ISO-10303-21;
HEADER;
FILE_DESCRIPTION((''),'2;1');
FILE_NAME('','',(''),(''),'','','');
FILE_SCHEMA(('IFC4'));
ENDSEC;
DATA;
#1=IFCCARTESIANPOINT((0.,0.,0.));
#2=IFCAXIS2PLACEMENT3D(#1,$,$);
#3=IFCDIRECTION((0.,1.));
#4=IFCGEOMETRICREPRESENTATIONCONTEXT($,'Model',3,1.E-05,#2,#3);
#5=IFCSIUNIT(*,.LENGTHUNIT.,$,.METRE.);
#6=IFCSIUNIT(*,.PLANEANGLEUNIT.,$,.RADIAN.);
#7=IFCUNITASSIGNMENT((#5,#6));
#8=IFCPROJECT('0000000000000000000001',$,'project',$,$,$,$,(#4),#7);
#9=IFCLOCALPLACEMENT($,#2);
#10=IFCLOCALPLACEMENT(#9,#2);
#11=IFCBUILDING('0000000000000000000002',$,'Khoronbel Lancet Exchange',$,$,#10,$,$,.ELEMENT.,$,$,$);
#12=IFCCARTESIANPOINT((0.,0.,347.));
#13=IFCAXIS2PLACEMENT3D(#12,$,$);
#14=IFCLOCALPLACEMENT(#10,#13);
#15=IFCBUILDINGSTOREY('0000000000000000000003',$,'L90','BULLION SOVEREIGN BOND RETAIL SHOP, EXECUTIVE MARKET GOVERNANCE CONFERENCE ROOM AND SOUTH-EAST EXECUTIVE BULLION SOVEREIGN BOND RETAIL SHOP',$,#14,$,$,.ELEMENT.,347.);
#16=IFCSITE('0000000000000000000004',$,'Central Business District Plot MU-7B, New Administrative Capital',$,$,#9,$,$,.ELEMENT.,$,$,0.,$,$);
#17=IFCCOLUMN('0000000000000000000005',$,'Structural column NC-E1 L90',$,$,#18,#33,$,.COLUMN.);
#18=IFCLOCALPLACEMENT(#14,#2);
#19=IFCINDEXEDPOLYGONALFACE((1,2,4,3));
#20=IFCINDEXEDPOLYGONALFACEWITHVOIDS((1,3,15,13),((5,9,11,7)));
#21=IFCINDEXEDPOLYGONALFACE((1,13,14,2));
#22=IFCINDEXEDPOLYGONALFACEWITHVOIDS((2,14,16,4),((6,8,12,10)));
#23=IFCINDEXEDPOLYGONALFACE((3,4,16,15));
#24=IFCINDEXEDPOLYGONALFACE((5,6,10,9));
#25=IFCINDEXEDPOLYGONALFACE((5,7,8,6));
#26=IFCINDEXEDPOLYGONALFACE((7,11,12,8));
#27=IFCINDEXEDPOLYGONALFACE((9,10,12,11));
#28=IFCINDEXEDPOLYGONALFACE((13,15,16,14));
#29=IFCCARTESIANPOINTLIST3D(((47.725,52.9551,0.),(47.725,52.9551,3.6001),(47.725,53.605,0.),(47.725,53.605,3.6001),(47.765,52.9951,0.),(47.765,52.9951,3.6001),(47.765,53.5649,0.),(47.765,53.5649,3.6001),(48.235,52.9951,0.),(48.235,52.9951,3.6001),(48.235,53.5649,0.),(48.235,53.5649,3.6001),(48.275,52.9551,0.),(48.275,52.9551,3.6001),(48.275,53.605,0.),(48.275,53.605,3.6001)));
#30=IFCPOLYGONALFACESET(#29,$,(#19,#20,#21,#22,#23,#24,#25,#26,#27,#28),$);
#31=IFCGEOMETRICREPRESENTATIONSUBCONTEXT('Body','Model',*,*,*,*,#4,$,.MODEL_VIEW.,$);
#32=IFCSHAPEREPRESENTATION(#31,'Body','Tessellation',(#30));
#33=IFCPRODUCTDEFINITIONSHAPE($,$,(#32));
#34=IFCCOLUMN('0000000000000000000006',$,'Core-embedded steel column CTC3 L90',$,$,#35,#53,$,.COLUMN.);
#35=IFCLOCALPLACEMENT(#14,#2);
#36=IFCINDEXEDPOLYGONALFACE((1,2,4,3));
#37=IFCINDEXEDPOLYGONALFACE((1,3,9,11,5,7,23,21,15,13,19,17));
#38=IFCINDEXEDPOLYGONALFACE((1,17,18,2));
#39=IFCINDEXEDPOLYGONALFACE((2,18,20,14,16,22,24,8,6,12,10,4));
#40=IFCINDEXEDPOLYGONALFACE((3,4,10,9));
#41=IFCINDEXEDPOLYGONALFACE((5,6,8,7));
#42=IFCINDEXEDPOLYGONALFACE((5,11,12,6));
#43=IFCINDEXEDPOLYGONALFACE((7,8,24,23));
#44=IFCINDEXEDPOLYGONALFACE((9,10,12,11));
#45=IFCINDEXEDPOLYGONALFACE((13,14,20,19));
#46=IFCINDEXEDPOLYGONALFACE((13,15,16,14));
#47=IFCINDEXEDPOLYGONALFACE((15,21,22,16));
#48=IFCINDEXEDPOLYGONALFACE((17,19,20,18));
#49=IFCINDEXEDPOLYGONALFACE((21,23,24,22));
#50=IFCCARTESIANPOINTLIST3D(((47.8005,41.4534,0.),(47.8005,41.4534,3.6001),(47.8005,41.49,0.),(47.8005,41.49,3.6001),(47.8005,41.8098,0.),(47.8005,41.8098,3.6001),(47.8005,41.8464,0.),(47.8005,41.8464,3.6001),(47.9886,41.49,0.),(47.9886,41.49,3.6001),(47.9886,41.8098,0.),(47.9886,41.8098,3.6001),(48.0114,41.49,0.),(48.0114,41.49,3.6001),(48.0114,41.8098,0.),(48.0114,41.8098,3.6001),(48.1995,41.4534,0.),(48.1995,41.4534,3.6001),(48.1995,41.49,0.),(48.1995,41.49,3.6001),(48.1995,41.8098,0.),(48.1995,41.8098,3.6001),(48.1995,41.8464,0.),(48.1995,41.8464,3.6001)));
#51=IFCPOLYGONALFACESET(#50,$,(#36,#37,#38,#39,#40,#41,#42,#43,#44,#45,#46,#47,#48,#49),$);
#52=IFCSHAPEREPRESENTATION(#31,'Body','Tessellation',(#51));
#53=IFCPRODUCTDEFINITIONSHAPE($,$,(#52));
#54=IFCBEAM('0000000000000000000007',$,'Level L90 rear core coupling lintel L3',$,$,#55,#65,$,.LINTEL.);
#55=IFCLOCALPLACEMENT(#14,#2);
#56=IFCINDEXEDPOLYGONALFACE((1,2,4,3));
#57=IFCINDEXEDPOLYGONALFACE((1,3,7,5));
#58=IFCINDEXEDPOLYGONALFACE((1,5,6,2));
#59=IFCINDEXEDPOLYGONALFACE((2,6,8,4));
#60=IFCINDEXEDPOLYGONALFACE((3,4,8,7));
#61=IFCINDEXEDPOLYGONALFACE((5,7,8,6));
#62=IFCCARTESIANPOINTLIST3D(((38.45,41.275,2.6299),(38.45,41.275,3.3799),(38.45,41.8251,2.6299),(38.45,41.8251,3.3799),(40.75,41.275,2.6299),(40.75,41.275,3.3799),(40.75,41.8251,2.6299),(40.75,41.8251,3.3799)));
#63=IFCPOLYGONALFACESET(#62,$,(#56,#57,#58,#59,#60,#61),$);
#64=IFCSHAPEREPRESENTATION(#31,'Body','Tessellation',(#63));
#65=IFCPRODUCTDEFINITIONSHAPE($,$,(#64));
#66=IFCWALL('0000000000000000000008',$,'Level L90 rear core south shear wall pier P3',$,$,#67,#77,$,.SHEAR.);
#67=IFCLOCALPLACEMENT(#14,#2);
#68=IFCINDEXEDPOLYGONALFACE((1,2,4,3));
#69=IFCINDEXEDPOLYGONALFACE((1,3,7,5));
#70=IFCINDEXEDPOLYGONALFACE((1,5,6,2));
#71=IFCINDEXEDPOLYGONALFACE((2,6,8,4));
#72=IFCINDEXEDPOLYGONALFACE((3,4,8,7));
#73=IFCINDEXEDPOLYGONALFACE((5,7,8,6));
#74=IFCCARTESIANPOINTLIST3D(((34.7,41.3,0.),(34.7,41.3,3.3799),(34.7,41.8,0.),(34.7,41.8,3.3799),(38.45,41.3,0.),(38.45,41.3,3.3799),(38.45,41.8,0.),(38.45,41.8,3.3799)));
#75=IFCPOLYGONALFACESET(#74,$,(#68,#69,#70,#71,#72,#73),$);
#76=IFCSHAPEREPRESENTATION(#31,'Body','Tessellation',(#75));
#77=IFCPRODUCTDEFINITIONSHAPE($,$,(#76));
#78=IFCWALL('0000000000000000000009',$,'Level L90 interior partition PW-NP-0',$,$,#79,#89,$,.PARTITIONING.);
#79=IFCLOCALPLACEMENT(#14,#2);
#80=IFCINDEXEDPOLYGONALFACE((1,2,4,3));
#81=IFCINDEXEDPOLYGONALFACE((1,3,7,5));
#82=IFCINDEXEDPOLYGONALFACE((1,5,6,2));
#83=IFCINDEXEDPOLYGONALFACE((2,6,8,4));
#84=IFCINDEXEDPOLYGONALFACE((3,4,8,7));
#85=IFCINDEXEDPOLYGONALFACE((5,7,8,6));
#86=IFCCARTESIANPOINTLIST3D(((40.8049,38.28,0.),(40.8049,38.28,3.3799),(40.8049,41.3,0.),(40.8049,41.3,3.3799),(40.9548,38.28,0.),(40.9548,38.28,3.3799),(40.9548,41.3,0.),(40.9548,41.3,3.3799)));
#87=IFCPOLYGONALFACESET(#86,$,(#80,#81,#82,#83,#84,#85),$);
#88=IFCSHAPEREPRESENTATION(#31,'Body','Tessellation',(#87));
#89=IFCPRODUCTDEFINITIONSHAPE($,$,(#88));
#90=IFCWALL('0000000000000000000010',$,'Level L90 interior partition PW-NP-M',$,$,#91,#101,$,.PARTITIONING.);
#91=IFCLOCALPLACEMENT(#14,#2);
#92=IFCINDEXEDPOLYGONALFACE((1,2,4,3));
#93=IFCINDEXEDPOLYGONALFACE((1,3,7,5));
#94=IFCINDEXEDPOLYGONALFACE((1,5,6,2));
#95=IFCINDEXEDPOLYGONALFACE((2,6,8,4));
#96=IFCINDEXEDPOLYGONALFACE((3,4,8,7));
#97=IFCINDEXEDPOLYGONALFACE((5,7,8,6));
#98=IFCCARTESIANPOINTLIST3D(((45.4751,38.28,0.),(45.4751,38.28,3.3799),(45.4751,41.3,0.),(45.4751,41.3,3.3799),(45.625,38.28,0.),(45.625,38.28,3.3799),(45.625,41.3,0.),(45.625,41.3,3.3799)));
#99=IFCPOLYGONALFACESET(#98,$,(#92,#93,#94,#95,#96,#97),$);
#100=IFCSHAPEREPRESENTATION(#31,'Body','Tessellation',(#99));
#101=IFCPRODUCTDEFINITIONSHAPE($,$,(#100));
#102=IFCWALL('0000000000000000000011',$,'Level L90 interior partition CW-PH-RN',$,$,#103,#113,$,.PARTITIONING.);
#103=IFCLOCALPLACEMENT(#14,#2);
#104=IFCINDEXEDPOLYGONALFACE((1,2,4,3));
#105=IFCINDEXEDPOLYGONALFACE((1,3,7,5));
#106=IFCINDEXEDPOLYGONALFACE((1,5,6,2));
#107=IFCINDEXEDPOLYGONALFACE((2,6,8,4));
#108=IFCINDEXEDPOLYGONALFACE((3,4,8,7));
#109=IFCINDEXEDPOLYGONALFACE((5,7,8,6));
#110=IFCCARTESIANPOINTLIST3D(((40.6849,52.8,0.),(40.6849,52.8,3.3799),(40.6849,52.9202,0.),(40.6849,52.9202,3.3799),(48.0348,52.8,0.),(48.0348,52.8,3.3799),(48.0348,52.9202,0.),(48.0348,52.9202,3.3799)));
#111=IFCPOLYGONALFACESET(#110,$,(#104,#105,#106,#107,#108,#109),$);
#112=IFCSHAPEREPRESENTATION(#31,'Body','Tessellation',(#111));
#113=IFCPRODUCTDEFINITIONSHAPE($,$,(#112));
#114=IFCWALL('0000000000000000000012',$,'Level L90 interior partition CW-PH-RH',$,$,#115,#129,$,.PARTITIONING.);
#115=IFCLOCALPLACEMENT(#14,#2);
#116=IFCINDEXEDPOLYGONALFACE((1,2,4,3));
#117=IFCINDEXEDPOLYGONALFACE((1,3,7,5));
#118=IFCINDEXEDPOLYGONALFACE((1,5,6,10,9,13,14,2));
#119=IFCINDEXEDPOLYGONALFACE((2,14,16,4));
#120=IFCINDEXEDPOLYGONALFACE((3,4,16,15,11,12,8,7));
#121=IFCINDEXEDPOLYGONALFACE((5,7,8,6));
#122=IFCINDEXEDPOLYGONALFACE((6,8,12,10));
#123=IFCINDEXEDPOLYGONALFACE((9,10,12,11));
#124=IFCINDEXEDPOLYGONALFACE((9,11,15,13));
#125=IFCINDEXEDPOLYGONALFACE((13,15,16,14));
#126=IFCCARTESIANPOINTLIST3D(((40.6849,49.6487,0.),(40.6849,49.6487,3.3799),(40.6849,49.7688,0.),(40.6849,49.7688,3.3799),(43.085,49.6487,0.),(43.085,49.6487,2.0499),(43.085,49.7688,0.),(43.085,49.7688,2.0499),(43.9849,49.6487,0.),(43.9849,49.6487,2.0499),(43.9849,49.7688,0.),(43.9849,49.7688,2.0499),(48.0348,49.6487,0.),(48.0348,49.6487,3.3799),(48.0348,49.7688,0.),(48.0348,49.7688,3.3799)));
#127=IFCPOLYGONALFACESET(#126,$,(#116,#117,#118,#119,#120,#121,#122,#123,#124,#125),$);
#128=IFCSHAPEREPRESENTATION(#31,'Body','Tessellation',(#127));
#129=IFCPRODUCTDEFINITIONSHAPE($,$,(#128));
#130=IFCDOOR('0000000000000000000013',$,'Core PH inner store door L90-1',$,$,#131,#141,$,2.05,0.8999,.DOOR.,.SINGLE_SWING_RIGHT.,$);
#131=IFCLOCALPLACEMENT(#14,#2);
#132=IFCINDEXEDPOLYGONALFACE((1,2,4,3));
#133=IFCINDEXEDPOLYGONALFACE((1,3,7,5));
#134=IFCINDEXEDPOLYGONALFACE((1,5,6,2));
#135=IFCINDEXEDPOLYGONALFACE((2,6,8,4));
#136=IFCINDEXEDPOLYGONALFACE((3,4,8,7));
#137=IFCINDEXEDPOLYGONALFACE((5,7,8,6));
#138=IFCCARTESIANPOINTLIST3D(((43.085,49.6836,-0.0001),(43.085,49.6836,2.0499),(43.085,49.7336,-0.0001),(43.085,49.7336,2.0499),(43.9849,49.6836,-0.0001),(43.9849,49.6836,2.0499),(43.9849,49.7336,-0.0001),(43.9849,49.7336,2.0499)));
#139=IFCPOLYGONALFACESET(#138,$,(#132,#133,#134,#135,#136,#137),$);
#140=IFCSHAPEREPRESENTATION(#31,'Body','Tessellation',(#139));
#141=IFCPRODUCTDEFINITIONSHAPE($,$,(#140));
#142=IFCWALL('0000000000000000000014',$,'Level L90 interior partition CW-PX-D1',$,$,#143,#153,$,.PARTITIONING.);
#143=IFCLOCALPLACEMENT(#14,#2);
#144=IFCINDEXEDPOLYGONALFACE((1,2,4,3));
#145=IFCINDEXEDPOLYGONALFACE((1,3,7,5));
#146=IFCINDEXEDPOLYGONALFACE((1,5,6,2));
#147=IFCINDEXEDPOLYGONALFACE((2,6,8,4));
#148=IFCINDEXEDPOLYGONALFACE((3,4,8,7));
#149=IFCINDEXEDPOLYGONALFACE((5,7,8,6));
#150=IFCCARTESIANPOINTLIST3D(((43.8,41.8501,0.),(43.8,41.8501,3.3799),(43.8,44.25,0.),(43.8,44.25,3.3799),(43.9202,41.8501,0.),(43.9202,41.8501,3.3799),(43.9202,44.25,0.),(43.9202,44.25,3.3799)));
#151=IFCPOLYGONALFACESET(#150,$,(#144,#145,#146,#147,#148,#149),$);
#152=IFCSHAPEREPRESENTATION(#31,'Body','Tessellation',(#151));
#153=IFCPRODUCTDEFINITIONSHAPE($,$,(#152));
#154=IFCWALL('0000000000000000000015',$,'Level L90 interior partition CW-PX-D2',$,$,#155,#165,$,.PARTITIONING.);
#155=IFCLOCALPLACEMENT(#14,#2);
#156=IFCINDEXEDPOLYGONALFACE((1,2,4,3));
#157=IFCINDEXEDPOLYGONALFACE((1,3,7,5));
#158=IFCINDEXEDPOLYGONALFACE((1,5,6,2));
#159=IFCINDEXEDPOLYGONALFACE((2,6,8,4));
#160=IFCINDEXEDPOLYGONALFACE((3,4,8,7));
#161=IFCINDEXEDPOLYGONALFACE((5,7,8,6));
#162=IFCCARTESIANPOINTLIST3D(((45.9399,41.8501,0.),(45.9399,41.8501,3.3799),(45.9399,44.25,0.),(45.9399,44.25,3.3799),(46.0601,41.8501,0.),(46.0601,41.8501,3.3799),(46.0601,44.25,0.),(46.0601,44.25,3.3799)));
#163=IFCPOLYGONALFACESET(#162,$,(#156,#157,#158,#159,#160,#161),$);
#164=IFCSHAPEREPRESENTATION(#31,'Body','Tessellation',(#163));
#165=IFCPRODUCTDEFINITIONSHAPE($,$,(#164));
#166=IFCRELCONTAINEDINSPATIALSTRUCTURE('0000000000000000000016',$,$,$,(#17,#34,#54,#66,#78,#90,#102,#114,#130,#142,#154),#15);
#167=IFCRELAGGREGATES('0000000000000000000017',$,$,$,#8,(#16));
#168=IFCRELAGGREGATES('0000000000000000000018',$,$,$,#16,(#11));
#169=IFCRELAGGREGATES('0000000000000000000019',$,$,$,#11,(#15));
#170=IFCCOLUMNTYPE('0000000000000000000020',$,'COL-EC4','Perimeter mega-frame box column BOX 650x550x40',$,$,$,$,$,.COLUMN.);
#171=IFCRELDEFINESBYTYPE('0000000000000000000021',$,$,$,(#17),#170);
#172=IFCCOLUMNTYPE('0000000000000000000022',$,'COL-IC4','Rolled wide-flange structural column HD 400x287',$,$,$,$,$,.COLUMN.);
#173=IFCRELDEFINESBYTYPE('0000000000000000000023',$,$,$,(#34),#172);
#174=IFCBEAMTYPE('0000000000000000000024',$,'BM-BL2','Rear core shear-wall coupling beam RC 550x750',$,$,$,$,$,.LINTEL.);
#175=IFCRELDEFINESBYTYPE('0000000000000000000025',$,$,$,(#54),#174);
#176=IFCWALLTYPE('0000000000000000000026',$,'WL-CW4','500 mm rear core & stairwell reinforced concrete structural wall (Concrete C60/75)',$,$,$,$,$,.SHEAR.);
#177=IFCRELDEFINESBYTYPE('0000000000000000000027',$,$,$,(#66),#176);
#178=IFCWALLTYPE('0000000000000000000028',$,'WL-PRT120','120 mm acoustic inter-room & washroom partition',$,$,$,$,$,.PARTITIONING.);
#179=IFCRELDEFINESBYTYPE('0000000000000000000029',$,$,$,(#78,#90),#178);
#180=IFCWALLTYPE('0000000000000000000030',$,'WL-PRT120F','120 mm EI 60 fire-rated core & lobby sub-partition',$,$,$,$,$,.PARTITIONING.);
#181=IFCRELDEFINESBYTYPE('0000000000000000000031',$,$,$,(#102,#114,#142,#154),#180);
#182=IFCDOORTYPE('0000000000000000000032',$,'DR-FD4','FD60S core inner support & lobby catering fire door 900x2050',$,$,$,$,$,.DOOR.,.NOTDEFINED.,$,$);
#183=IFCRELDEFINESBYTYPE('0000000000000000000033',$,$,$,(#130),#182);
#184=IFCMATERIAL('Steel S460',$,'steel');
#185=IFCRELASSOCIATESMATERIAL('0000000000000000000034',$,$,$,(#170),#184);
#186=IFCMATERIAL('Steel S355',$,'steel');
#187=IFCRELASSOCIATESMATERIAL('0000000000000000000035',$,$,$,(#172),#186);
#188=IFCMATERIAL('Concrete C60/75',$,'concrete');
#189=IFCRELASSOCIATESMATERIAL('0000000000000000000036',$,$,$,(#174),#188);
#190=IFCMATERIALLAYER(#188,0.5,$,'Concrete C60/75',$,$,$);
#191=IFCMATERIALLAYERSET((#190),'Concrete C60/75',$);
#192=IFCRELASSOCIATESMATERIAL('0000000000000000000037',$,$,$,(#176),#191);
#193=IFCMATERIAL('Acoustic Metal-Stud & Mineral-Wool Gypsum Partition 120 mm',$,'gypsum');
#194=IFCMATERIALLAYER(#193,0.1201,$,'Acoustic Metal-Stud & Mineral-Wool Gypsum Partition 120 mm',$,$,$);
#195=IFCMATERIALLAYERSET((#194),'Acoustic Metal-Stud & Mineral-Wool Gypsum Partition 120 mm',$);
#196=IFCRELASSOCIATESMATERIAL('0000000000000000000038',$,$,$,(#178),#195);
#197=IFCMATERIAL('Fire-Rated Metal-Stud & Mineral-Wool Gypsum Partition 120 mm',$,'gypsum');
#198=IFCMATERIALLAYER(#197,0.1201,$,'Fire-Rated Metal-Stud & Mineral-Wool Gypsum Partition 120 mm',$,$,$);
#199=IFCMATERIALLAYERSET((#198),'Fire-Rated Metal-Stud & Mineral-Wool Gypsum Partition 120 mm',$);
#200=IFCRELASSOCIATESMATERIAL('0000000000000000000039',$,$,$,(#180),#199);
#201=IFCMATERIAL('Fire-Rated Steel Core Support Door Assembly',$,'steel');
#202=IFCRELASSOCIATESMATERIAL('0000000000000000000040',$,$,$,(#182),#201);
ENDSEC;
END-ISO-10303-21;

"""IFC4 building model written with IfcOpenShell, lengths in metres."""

from ifc_helpers import new_model, si_unit, direction, frame, frame_2d, origin, origin_2d, place, context, subcontext, project, spatial, rectangle, hollow_rectangle, i_section, extrude, material, layer, layer_set, material_profile, profile_set, type_object, element, fill, save


model = new_model("IFC4")

# Units and contexts
model_context = context("Model", 3, precision=1e-05, world=origin(), true_north=direction((0.0, 1.0)))
body_context = subcontext(model_context, "Body", "Model", "MODEL_VIEW")
ifc_project = project(units=[si_unit("LENGTHUNIT", "METRE"), si_unit("PLANEANGLEUNIT", "RADIAN")], contexts=[model_context])

# Site, building, storey
site_placement = place(None, origin())
site = spatial("IfcSite", under=ifc_project, at=site_placement, Name="Central Business District Plot MU-7B, New Administrative Capital", CompositionType="ELEMENT", RefElevation=0.0)
building_placement = place(site_placement, origin())
building = spatial("IfcBuilding", under=site, at=building_placement, Name="Khoronbel Lancet Exchange", CompositionType="ELEMENT")
storey_placement = place(building_placement, frame((0.0, 0.0, 347.0)))
storey = spatial("IfcBuildingStorey", under=building, at=storey_placement, Name="L90", Description="BULLION SOVEREIGN BOND RETAIL SHOP, EXECUTIVE MARKET GOVERNANCE CONFERENCE ROOM AND SOUTH-EAST EXECUTIVE BULLION SOVEREIGN BOND RETAIL SHOP", CompositionType="ELEMENT", Elevation=347.0)

# Columns
ifc_material_1 = material(Name="Steel S460", Category="steel")
ifc_material_profile_1 = material_profile(ifc_material_1, hollow_rectangle(XDim=0.55, YDim=0.6499, WallThickness=0.04, at=origin_2d()), Name="BOX 650x550x40")
ifc_profile_set_1 = profile_set([ifc_material_profile_1], Name="Steel S460")
column_type_1 = type_object("IfcColumnType", Name="COL-EC4", Description="Perimeter mega-frame box column BOX 650x550x40", PredefinedType="COLUMN", material=ifc_profile_set_1)
column_1_placement = place(storey_placement, frame((48.0, 53.28, 0.0), z_axis=(0.0, 0.0, 1.0), x_axis=(1.0, 0.0, 0.0)))
element("IfcColumn", 1, at=column_1_placement, inside=storey, type_object=column_type_1, Name="Structural column NC-E1 L90", PredefinedType="COLUMN", context=body_context, shape_type="SweptSolid", body=[
    extrude(hollow_rectangle(XDim=0.55, YDim=0.6499, WallThickness=0.04, at=origin_2d()), origin(), (0.0, 0.0, 1.0), 3.6001),
])
ifc_material_2 = material(Name="Steel S355", Category="steel")
ifc_material_profile_2 = material_profile(ifc_material_2, i_section(OverallWidth=0.3989, OverallDepth=0.3931, WebThickness=0.0227, FlangeThickness=0.0366, at=origin_2d()), Name="HD 400x287")
ifc_profile_set_2 = profile_set([ifc_material_profile_2], Name="Steel S355")
column_type_2 = type_object("IfcColumnType", Name="COL-IC4", Description="Rolled wide-flange structural column HD 400x287", PredefinedType="COLUMN", material=ifc_profile_set_2)
column_2_placement = place(storey_placement, frame((48.0, 41.6499, 0.0), z_axis=(0.0, 0.0, 1.0), x_axis=(1.0, 0.0, 0.0)))
element("IfcColumn", 2, at=column_2_placement, inside=storey, type_object=column_type_2, Name="Core-embedded steel column CTC3 L90", PredefinedType="COLUMN", context=body_context, shape_type="SweptSolid", body=[
    extrude(i_section(OverallWidth=0.3989, OverallDepth=0.3931, WebThickness=0.0227, FlangeThickness=0.0366, at=origin_2d()), origin(), (0.0, 0.0, 1.0), 3.6001),
])

# Beam
ifc_material_3 = material(Name="Concrete C60/75", Category="concrete")
ifc_material_profile_3 = material_profile(ifc_material_3, rectangle(XDim=0.55, YDim=0.75, at=origin_2d()), Name="RC 550x750")
ifc_profile_set_3 = profile_set([ifc_material_profile_3], Name="Concrete C60/75")
beam_type = type_object("IfcBeamType", Name="BM-BL2", Description="Rear core shear-wall coupling beam RC 550x750", PredefinedType="LINTEL", material=ifc_profile_set_3)
beam_placement = place(storey_placement, frame((38.45, 41.55, 3.0049), z_axis=(1.0, 0.0, 0.0), x_axis=(0.0, 1.0, 0.0)))
element("IfcBeam", 3, at=beam_placement, inside=storey, type_object=beam_type, Name="Level L90 rear core coupling lintel L3", PredefinedType="LINTEL", context=body_context, shape_type="SweptSolid", body=[
    extrude(rectangle(XDim=0.55, YDim=0.75, at=origin_2d()), origin(), (0.0, 0.0, 1.0), 2.3),
])

# Walls
ifc_layer_1 = layer(ifc_material_3, 0.5, Name="Concrete C60/75")
ifc_layer_set_1 = layer_set([ifc_layer_1], Name="Concrete C60/75")
wall_type_1 = type_object("IfcWallType", Name="WL-CW4", Description="500 mm rear core & stairwell reinforced concrete structural wall (Concrete C60/75)", PredefinedType="SHEAR", material=ifc_layer_set_1)
wall_1_placement = place(storey_placement, frame((38.45, 41.55, 0.0), z_axis=(0.0, 0.0, 1.0), x_axis=(-1.0, 0.0, 0.0)))
element("IfcWall", 4, at=wall_1_placement, inside=storey, type_object=wall_type_1, Name="Level L90 rear core south shear wall pier P3", PredefinedType="SHEAR", context=body_context, shape_type="SweptSolid", body=[
    extrude(rectangle(XDim=3.75, YDim=0.5, at=frame_2d((1.875, 0.0))), origin(), (0.0, 0.0, 1.0), 3.3799),
])
ifc_material_4 = material(Name="Acoustic Metal-Stud & Mineral-Wool Gypsum Partition 120 mm", Category="gypsum")
ifc_layer_2 = layer(ifc_material_4, 0.1201, Name="Acoustic Metal-Stud & Mineral-Wool Gypsum Partition 120 mm")
ifc_layer_set_2 = layer_set([ifc_layer_2], Name="Acoustic Metal-Stud & Mineral-Wool Gypsum Partition 120 mm")
wall_type_2 = type_object("IfcWallType", Name="WL-PRT120", Description="120 mm acoustic inter-room & washroom partition", PredefinedType="PARTITIONING", material=ifc_layer_set_2)
for number, where, z_axis, x_axis, name in (
    (5, (40.8799, 38.28, 0.0), (0.0, 0.0, 1.0), (0.0, 1.0, 0.0), "Level L90 interior partition PW-NP-0"),
    (6, (45.55, 38.28, 0.0), (0.0, 0.0, 1.0), (0.0, 1.0, 0.0), "Level L90 interior partition PW-NP-M"),
):
    element("IfcWall", number, at=place(storey_placement, frame(where, z_axis=z_axis, x_axis=x_axis)), inside=storey, type_object=wall_type_2, Name=name, PredefinedType="PARTITIONING", context=body_context, shape_type="SweptSolid", body=[
        extrude(rectangle(XDim=3.02, YDim=0.1499, at=frame_2d((1.51, 0.0))), origin(), (0.0, 0.0, 1.0), 3.3799),
    ])
ifc_material_5 = material(Name="Fire-Rated Metal-Stud & Mineral-Wool Gypsum Partition 120 mm", Category="gypsum")
ifc_layer_3 = layer(ifc_material_5, 0.1201, Name="Fire-Rated Metal-Stud & Mineral-Wool Gypsum Partition 120 mm")
ifc_layer_set_3 = layer_set([ifc_layer_3], Name="Fire-Rated Metal-Stud & Mineral-Wool Gypsum Partition 120 mm")
wall_type_3 = type_object("IfcWallType", Name="WL-PRT120F", Description="120 mm EI 60 fire-rated core & lobby sub-partition", PredefinedType="PARTITIONING", material=ifc_layer_set_3)
wall_2_placement = place(storey_placement, frame((40.6851, 52.8601, 0.0), z_axis=(0.0, 0.0, 1.0), x_axis=(1.0, 0.0, 0.0)))
element("IfcWall", 7, at=wall_2_placement, inside=storey, type_object=wall_type_3, Name="Level L90 interior partition CW-PH-RN", PredefinedType="PARTITIONING", context=body_context, shape_type="SweptSolid", body=[
    extrude(rectangle(XDim=7.3499, YDim=0.1201, at=frame_2d((3.6748, 0.0))), origin(), (0.0, 0.0, 1.0), 3.3799),
])

# Wall, opening, door
wall_3_placement = place(storey_placement, frame((40.6851, 49.7087, 0.0), z_axis=(0.0, 0.0, 1.0), x_axis=(1.0, 0.0, 0.0)))
wall_3 = element("IfcWall", 8, at=wall_3_placement, inside=storey, type_object=wall_type_3, Name="Level L90 interior partition CW-PH-RH", PredefinedType="PARTITIONING", context=body_context, shape_type="SweptSolid", body=[
    extrude(rectangle(XDim=7.3499, YDim=0.1201, at=frame_2d((3.6748, 0.0))), origin(), (0.0, 0.0, 1.0), 3.3799),
])
opening_1_placement = place(wall_3_placement, frame((2.3999, 0.0, 0.0)))
opening_1 = element("IfcOpeningElement", 9, at=opening_1_placement, cuts=wall_3, PredefinedType="OPENING", context=body_context, shape_type="SweptSolid", body=[
    extrude(rectangle(XDim=0.8999, YDim=2.05, at=frame_2d((0.45, 1.0249))), frame((0.0, 0.0701, 0.0), z_axis=(0.0, -1.0, 0.0), x_axis=(1.0, 0.0, 0.0)), (0.0, 0.0, 1.0), 0.1401),
])
ifc_material_6 = material(Name="Fire-Rated Steel Core Support Door Assembly", Category="steel")
door_type_1 = type_object("IfcDoorType", Name="DR-FD4", Description="FD60S core inner support & lobby catering fire door 900x2050", OperationType="NOTDEFINED", PredefinedType="DOOR", material=ifc_material_6)
door_1_placement = place(opening_1_placement, origin())
door_1 = element("IfcDoor", 10, at=door_1_placement, inside=storey, type_object=door_type_1, Name="Core PH inner store door L90-1", OperationType="SINGLE_SWING_RIGHT", OverallHeight=2.05, OverallWidth=0.8999, PredefinedType="DOOR", context=body_context, shape_type="SweptSolid", body=[
    extrude(rectangle(XDim=0.8999, YDim=2.05, at=frame_2d((0.45, 1.0249))), frame((0.0, 0.0249, 0.0), z_axis=(0.0, -1.0, 0.0), x_axis=(1.0, 0.0, 0.0)), (0.0, 0.0, 1.0), 0.05),
])
fill(opening_1, door_1)

# Walls
for number, where, z_axis, x_axis, name in (
    (11, (43.8601, 41.8501, 0.0), (0.0, 0.0, 1.0), (0.0, 1.0, 0.0), "Level L90 interior partition CW-PX-D1"),
    (12, (46.0, 41.8501, 0.0), (0.0, 0.0, 1.0), (0.0, 1.0, 0.0), "Level L90 interior partition CW-PX-D2"),
):
    element("IfcWall", number, at=place(storey_placement, frame(where, z_axis=z_axis, x_axis=x_axis)), inside=storey, type_object=wall_type_3, Name=name, PredefinedType="PARTITIONING", context=body_context, shape_type="SweptSolid", body=[
        extrude(rectangle(XDim=2.3999, YDim=0.1201, at=frame_2d((1.2, 0.0))), origin(), (0.0, 0.0, 1.0), 3.3799),
    ])

save(model, "model.ifc")
